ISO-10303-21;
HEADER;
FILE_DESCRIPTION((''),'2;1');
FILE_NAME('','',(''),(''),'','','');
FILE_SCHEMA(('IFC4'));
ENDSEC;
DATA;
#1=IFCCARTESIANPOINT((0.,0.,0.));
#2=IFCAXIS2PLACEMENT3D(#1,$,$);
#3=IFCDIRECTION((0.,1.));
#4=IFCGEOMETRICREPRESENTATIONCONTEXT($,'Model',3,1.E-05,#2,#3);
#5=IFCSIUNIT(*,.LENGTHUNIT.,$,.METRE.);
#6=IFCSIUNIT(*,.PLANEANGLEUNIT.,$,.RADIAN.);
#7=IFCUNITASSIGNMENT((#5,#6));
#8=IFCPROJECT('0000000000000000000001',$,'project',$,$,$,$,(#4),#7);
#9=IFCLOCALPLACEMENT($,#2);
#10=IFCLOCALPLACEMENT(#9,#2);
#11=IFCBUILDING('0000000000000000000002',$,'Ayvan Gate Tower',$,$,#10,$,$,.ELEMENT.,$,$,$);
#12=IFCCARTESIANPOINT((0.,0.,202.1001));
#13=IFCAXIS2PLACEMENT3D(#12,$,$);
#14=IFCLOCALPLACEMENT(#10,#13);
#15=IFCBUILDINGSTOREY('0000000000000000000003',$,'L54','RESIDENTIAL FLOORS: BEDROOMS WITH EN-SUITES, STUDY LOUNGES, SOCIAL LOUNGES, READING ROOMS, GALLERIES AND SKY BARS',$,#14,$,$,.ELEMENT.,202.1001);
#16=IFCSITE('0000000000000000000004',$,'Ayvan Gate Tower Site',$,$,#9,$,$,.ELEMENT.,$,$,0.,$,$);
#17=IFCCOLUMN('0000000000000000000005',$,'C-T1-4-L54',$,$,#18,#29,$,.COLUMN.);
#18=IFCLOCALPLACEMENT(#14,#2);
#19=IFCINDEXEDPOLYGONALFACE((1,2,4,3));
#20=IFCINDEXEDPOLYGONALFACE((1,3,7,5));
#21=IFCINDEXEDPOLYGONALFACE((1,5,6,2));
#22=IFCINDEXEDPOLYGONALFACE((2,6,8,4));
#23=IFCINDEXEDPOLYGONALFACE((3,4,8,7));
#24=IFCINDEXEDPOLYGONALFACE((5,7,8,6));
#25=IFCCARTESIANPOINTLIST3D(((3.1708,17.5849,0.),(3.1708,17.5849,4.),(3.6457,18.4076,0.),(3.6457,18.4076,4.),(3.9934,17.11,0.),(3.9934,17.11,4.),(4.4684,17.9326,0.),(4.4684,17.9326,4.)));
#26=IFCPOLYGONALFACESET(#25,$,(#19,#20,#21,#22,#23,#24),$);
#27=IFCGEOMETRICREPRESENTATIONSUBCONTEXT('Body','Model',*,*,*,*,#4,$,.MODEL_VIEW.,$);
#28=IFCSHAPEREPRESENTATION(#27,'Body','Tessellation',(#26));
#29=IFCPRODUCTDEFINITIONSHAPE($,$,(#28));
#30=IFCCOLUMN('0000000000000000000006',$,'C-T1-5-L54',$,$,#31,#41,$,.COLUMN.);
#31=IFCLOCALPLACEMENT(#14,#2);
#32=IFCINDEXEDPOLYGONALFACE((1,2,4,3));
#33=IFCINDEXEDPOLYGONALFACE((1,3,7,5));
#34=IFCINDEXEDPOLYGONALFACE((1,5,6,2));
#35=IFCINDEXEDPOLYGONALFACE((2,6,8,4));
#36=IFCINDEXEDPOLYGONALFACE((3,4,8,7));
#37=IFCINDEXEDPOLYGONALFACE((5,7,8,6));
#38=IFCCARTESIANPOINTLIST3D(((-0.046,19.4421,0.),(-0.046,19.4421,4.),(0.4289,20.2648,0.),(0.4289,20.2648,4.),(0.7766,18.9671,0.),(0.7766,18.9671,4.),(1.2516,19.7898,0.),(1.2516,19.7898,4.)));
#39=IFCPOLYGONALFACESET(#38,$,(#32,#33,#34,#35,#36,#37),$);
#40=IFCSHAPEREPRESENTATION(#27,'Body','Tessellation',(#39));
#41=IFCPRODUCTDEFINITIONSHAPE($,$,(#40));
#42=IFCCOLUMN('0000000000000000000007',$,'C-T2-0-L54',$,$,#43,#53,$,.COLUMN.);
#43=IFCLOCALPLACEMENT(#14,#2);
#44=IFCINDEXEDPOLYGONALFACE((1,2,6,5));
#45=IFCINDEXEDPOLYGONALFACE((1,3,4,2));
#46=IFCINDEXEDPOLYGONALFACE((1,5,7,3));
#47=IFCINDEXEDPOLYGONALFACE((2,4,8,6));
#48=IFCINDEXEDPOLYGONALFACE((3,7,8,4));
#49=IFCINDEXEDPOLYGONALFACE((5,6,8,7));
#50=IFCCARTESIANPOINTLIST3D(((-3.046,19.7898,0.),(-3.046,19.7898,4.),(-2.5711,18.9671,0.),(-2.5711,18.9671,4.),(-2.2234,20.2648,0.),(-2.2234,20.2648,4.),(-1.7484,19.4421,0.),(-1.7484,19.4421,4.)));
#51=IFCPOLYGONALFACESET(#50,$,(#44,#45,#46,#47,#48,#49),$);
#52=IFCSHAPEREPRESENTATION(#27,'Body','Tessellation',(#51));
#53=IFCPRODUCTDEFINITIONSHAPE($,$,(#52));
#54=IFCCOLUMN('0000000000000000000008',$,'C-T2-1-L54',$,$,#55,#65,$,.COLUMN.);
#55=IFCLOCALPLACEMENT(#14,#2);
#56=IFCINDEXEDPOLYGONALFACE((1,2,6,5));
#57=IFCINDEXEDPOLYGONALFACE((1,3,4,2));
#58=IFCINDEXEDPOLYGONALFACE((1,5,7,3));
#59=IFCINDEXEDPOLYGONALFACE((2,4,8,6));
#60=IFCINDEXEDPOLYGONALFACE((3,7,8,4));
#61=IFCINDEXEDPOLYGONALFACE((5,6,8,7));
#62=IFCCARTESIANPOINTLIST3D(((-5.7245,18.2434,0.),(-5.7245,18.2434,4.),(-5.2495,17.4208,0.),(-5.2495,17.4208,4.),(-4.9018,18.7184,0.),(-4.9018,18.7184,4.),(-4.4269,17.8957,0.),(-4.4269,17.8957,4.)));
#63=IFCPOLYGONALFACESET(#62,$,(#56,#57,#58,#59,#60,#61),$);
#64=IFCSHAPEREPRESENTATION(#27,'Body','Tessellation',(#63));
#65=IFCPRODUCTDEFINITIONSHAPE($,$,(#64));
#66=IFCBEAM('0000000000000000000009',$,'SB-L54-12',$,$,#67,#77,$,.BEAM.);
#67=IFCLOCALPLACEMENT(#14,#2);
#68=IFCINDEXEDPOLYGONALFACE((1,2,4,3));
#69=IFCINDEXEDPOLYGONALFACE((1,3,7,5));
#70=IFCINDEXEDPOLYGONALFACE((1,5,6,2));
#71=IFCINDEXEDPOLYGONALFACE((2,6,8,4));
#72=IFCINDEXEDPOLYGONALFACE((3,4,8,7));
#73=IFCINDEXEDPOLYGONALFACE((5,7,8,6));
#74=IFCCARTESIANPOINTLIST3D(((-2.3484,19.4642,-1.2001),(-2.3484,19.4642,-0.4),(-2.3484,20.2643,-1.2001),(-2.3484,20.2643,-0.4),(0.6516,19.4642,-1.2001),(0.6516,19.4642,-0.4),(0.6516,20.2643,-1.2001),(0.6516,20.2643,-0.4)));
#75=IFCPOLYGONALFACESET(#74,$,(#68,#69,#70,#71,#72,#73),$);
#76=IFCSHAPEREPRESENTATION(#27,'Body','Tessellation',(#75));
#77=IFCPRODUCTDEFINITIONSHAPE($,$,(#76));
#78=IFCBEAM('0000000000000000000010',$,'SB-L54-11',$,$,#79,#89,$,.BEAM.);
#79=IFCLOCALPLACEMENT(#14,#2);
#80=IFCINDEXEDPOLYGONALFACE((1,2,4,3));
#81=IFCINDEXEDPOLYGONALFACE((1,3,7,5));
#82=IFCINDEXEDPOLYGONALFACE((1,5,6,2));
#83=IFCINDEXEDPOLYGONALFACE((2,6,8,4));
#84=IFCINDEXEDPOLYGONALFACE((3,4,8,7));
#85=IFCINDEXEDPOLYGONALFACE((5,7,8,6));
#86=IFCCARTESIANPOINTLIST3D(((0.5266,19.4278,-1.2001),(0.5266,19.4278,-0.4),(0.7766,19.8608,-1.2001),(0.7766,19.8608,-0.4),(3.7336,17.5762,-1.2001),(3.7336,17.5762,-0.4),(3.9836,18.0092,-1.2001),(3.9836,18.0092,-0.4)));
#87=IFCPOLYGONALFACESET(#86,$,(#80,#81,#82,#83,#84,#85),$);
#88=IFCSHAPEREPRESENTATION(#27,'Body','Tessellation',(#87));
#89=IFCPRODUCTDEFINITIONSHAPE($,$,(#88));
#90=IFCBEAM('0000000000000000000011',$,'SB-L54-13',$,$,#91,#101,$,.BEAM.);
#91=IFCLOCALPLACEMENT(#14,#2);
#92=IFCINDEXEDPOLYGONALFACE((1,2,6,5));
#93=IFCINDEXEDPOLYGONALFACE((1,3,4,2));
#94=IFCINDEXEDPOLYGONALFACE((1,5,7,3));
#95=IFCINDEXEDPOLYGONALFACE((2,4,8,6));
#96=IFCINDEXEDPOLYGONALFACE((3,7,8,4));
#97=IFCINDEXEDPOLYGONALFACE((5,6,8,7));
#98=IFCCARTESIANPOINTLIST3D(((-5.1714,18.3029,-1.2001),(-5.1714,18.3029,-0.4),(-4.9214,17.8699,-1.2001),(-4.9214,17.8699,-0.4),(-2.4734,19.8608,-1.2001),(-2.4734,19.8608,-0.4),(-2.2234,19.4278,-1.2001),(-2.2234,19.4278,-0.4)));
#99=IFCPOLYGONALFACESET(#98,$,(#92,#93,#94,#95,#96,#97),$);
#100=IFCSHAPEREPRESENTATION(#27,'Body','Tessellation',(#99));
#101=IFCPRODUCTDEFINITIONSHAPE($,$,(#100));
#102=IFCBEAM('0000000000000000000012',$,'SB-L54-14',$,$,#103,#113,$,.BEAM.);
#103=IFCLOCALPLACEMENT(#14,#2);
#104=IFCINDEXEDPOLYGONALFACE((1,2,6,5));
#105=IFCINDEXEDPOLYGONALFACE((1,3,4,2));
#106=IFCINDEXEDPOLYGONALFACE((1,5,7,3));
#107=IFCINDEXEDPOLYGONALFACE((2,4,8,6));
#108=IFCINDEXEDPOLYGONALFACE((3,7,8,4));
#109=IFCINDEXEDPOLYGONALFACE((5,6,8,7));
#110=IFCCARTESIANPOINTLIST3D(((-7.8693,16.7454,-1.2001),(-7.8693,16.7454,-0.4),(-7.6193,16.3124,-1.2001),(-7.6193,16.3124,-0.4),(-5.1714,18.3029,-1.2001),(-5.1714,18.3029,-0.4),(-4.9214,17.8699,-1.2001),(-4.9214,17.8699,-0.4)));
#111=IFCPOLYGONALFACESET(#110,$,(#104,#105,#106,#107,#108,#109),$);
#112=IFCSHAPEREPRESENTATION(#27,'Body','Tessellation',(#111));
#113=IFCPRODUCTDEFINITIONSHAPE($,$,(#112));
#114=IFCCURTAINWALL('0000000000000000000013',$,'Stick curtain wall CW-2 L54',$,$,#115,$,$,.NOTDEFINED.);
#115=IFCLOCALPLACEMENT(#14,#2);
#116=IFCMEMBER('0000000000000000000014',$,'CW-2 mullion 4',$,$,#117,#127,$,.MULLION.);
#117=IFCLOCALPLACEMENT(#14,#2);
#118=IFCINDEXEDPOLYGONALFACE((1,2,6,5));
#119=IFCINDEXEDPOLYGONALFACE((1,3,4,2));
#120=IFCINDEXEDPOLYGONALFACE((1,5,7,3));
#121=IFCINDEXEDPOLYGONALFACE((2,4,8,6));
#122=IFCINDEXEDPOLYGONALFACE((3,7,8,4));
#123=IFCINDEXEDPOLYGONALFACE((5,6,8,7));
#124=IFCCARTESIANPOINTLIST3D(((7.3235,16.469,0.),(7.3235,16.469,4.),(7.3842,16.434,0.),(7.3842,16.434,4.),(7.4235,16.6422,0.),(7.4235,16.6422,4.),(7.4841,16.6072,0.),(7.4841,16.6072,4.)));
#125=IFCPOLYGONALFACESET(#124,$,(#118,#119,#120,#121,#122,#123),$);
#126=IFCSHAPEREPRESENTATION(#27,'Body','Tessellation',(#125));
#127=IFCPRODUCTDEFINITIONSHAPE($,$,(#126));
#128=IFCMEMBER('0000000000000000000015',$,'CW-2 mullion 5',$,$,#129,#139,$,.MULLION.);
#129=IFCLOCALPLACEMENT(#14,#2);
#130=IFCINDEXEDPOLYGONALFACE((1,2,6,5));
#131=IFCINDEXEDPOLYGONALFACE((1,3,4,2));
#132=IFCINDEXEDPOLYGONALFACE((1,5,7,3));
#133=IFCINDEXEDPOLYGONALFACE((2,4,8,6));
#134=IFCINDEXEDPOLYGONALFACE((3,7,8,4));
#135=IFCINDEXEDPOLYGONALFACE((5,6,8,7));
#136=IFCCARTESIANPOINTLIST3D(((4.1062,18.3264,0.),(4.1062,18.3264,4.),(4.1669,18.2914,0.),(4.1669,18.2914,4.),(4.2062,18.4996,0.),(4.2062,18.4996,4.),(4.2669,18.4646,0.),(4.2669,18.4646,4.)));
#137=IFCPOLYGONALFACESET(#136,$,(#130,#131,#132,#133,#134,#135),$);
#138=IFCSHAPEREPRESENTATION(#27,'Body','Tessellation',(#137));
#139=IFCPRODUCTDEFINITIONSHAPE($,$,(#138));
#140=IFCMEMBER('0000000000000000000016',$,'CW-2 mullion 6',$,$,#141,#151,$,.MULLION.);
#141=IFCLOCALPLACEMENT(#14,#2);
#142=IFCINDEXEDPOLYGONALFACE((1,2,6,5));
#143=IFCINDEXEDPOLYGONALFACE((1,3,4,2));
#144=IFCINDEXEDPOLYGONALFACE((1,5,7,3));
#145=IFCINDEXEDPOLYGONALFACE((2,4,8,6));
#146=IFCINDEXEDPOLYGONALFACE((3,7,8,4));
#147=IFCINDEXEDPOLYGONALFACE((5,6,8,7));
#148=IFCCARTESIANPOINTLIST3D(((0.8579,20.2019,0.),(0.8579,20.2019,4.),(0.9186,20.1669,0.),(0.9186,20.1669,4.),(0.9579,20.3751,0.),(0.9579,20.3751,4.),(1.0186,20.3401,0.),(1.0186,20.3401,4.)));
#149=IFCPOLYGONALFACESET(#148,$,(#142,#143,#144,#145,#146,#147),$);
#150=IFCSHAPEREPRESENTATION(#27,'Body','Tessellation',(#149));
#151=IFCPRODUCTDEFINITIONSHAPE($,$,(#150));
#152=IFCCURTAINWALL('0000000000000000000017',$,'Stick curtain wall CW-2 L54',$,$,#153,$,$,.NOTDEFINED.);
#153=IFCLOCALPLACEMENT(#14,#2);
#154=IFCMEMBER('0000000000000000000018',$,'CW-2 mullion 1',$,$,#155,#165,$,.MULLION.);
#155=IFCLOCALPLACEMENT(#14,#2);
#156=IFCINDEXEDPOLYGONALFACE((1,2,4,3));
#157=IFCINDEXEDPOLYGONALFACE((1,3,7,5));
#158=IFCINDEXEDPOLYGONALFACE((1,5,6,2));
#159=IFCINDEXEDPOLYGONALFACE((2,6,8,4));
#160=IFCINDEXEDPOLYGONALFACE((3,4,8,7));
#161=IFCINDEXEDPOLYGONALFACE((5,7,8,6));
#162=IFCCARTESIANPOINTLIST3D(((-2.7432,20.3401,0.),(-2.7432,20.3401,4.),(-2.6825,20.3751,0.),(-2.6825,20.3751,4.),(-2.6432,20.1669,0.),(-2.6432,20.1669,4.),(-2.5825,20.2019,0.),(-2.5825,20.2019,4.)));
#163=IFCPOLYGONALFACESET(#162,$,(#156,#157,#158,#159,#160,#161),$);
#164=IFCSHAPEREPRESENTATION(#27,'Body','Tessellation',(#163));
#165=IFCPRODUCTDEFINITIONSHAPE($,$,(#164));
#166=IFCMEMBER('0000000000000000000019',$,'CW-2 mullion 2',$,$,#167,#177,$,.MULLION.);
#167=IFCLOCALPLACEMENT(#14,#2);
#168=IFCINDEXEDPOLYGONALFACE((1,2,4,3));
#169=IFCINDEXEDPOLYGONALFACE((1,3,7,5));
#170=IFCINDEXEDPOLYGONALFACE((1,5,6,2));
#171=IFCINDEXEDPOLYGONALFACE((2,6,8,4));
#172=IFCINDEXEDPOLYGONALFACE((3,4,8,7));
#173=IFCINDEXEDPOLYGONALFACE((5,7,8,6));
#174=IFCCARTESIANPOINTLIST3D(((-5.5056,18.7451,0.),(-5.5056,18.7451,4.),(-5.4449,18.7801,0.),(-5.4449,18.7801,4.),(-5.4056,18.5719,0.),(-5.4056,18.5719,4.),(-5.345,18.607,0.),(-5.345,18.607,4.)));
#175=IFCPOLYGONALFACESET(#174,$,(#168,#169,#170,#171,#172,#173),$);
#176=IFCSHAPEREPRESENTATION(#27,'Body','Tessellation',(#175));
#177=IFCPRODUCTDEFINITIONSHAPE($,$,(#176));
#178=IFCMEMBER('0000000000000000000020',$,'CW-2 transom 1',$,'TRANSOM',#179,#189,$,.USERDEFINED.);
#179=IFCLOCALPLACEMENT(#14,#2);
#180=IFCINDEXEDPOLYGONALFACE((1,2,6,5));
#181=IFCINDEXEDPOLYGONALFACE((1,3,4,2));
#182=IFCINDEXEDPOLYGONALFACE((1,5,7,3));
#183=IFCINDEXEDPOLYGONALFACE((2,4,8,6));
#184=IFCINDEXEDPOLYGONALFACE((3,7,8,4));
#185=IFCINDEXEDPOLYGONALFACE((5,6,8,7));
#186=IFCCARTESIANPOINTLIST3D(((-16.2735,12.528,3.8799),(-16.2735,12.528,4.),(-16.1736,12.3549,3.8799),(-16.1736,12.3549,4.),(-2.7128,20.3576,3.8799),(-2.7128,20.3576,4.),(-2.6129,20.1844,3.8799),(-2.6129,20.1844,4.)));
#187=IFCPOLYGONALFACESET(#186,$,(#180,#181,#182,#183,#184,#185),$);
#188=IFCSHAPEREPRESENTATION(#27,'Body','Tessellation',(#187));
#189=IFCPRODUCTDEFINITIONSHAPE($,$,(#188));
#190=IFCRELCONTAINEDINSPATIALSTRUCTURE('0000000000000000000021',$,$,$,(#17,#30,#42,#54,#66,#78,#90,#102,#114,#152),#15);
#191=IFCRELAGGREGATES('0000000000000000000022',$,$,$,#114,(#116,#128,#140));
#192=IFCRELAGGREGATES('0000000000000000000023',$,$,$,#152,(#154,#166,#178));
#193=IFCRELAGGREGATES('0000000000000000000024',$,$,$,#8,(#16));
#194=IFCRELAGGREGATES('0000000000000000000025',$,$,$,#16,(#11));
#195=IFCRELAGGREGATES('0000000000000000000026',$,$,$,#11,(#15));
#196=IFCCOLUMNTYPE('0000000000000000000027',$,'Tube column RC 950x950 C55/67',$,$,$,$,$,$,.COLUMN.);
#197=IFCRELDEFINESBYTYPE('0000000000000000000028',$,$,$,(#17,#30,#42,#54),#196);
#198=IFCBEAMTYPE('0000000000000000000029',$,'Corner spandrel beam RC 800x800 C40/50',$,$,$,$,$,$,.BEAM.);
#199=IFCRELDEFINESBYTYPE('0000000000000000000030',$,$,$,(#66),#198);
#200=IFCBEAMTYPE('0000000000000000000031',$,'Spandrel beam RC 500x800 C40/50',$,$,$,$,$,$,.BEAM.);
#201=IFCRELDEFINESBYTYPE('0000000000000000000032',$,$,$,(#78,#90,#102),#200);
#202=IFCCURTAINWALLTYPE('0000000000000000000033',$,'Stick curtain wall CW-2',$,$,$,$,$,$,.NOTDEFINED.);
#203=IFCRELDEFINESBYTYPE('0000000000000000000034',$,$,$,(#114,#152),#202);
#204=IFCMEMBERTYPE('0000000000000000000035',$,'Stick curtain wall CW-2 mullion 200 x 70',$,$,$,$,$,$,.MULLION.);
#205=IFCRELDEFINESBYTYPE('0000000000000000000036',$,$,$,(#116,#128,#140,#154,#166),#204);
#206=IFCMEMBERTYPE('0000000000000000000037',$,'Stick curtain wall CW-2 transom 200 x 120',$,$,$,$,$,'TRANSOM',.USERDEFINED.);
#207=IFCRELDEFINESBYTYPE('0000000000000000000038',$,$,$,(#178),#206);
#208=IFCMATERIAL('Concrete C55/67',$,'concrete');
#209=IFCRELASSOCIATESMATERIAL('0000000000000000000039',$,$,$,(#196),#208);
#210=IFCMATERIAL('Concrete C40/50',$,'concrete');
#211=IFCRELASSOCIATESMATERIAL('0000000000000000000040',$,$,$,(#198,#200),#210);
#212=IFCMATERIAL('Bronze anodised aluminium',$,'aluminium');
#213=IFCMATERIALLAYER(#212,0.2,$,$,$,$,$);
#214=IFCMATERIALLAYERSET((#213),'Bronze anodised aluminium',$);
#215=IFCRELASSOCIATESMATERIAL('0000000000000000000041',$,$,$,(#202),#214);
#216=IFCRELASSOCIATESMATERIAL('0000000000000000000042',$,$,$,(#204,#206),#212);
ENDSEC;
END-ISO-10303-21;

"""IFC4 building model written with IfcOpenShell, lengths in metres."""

from ifc_helpers import new_model, si_unit, direction, frame, origin, origin_2d, place, context, subcontext, project, spatial, rectangle, extrude, material, layer, layer_set, material_profile, profile_set, type_object, element, aggregate, save


model = new_model("IFC4")

# Units and contexts
model_context = context("Model", 3, precision=1e-05, world=origin(), true_north=direction((0.0, 1.0)))
body_context = subcontext(model_context, "Body", "Model", "MODEL_VIEW")
ifc_project = project(units=[si_unit("LENGTHUNIT", "METRE"), si_unit("PLANEANGLEUNIT", "RADIAN")], contexts=[model_context])

# Site, building, storey
site_placement = place(None, origin())
site = spatial("IfcSite", under=ifc_project, at=site_placement, Name="Ayvan Gate Tower Site", CompositionType="ELEMENT", RefElevation=0.0)
building_placement = place(site_placement, origin())
building = spatial("IfcBuilding", under=site, at=building_placement, Name="Ayvan Gate Tower", CompositionType="ELEMENT")
storey_placement = place(building_placement, frame((0.0, 0.0, 202.1001)))
storey = spatial("IfcBuildingStorey", under=building, at=storey_placement, Name="L54", Description="RESIDENTIAL FLOORS: BEDROOMS WITH EN-SUITES, STUDY LOUNGES, SOCIAL LOUNGES, READING ROOMS, GALLERIES AND SKY BARS", CompositionType="ELEMENT", Elevation=202.1001)

# Columns
ifc_material_1 = material(Name="Concrete C55/67", Category="concrete")
ifc_material_profile_1 = material_profile(ifc_material_1, rectangle(XDim=0.95, YDim=0.95, at=origin_2d()), Name="RC 950x950")
ifc_profile_set_1 = profile_set([ifc_material_profile_1], Name="Concrete C55/67")
column_type = type_object("IfcColumnType", Name="Tube column RC 950x950 C55/67", PredefinedType="COLUMN", material=ifc_profile_set_1)
for number, where, z_axis, x_axis, name in (
    (1, (3.8196, 17.7588, 0.0), (0.0, 0.0, 1.0), (0.5, 0.866025, 0.0), "C-T1-4-L54"),
    (2, (0.6028, 19.616, 0.0), (0.0, 0.0, 1.0), (0.5, 0.866025, 0.0), "C-T1-5-L54"),
    (3, (-2.3972, 19.616, 0.0), (0.0, 0.0, 1.0), (-0.5, 0.866025, 0.0), "C-T2-0-L54"),
    (4, (-5.0757, 18.0696, 0.0), (0.0, 0.0, 1.0), (-0.5, 0.866025, 0.0), "C-T2-1-L54"),
):
    element("IfcColumn", number, at=place(storey_placement, frame(where, z_axis=z_axis, x_axis=x_axis)), inside=storey, type_object=column_type, Name=name, PredefinedType="COLUMN", context=body_context, shape_type="SweptSolid", body=[
        extrude(rectangle(XDim=0.95, YDim=0.95, at=origin_2d()), origin(), (0.0, 0.0, 1.0), 4.0),
    ])

# Beams
ifc_material_2 = material(Name="Concrete C40/50", Category="concrete")
ifc_material_profile_2 = material_profile(ifc_material_2, rectangle(XDim=0.8, YDim=0.8, at=origin_2d()), Name="RC 800x800")
ifc_profile_set_2 = profile_set([ifc_material_profile_2], Name="Concrete C40/50")
beam_type_1 = type_object("IfcBeamType", Name="Corner spandrel beam RC 800x800 C40/50", PredefinedType="BEAM", material=ifc_profile_set_2)
beam_1_placement = place(storey_placement, frame((0.6516, 19.8643, -0.8), z_axis=(-1.0, 0.0, 0.0), x_axis=(0.0, -1.0, 0.0)))
element("IfcBeam", 5, at=beam_1_placement, inside=storey, type_object=beam_type_1, Name="SB-L54-12", PredefinedType="BEAM", context=body_context, shape_type="SweptSolid", body=[
    extrude(rectangle(XDim=0.8, YDim=0.8, at=origin_2d()), origin(), (0.0, 0.0, 1.0), 3.0),
])
ifc_material_profile_3 = material_profile(ifc_material_2, rectangle(XDim=0.5, YDim=0.8, at=origin_2d()), Name="RC 500x800")
ifc_profile_set_3 = profile_set([ifc_material_profile_3], Name="Concrete C40/50")
beam_type_2 = type_object("IfcBeamType", Name="Spandrel beam RC 500x800 C40/50", PredefinedType="BEAM", material=ifc_profile_set_3)
beam_2_placement = place(storey_placement, frame((3.8586, 17.7927, -0.8), z_axis=(-0.866027, 0.499996, 0.0), x_axis=(-0.499996, -0.866027, 0.0)))
element("IfcBeam", 6, at=beam_2_placement, inside=storey, type_object=beam_type_2, Name="SB-L54-11", PredefinedType="BEAM", context=body_context, shape_type="SweptSolid", body=[
    extrude(rectangle(XDim=0.5, YDim=0.8, at=origin_2d()), origin(), (0.0, 0.0, 1.0), 3.7031),
])
beam_3_placement = place(storey_placement, frame((-2.3484, 19.6443, -0.8), z_axis=(-0.866002, -0.500041, 0.0), x_axis=(0.500041, -0.866002, 0.0)))
element("IfcBeam", 7, at=beam_3_placement, inside=storey, type_object=beam_type_2, Name="SB-L54-13", PredefinedType="BEAM", context=body_context, shape_type="SweptSolid", body=[
    extrude(rectangle(XDim=0.5, YDim=0.8, at=origin_2d()), origin(), (0.0, 0.0, 1.0), 3.1155),
])
beam_4_placement = place(storey_placement, frame((-5.0464, 18.0864, -0.8), z_axis=(-0.866036, -0.499982, 0.0), x_axis=(0.499982, -0.866036, 0.0)))
element("IfcBeam", 8, at=beam_4_placement, inside=storey, type_object=beam_type_2, Name="SB-L54-14", PredefinedType="BEAM", context=body_context, shape_type="SweptSolid", body=[
    extrude(rectangle(XDim=0.5, YDim=0.8, at=origin_2d()), origin(), (0.0, 0.0, 1.0), 3.1152),
])

# Curtain walls, members
ifc_material_3 = material(Name="Bronze anodised aluminium", Category="aluminium")
ifc_layer_1 = layer(ifc_material_3, 0.2)
ifc_layer_set_1 = layer_set([ifc_layer_1], Name="Bronze anodised aluminium")
curtain_wall_type_1 = type_object("IfcCurtainWallType", Name="Stick curtain wall CW-2", PredefinedType="NOTDEFINED", material=ifc_layer_set_1)
curtain_wall_1_placement = place(storey_placement, origin())
curtain_wall_1 = element("IfcCurtainWall", 9, at=curtain_wall_1_placement, inside=storey, type_object=curtain_wall_type_1, Name="Stick curtain wall CW-2 L54", PredefinedType="NOTDEFINED")
ifc_material_profile_4 = material_profile(ifc_material_3, rectangle(XDim=0.2, YDim=0.0701, at=origin_2d()), Name="Stick curtain wall CW-2 mullion 200 x 70")
ifc_profile_set_4 = profile_set([ifc_material_profile_4], Name="Bronze anodised aluminium")
member_type_1 = type_object("IfcMemberType", Name="Stick curtain wall CW-2 mullion 200 x 70", PredefinedType="MULLION", material=ifc_profile_set_4)
member_1_placement = place(storey_placement, frame((7.4038, 16.5381, 0.0), z_axis=(0.0, 0.0, 1.0), x_axis=(0.5, 0.866025, 0.0)))
member_1 = element("IfcMember", 10, at=member_1_placement, type_object=member_type_1, Name="CW-2 mullion 4", PredefinedType="MULLION", context=body_context, shape_type="SweptSolid", body=[
    extrude(rectangle(XDim=0.2, YDim=0.0701, at=origin_2d()), origin(), (0.0, 0.0, 1.0), 4.0),
])
member_2_placement = place(storey_placement, frame((4.1865, 18.3955, 0.0), z_axis=(0.0, 0.0, 1.0), x_axis=(0.5, 0.866025, 0.0)))
member_2 = element("IfcMember", 11, at=member_2_placement, type_object=member_type_1, Name="CW-2 mullion 5", PredefinedType="MULLION", context=body_context, shape_type="SweptSolid", body=[
    extrude(rectangle(XDim=0.2, YDim=0.0701, at=origin_2d()), origin(), (0.0, 0.0, 1.0), 4.0),
])
member_3_placement = place(storey_placement, frame((0.9382, 20.271, 0.0), z_axis=(0.0, 0.0, 1.0), x_axis=(0.5, 0.866025, 0.0)))
member_3 = element("IfcMember", 12, at=member_3_placement, type_object=member_type_1, Name="CW-2 mullion 6", PredefinedType="MULLION", context=body_context, shape_type="SweptSolid", body=[
    extrude(rectangle(XDim=0.2, YDim=0.0701, at=origin_2d()), origin(), (0.0, 0.0, 1.0), 4.0),
])
curtain_wall_2_placement = place(storey_placement, origin())
curtain_wall_2 = element("IfcCurtainWall", 13, at=curtain_wall_2_placement, inside=storey, type_object=curtain_wall_type_1, Name="Stick curtain wall CW-2 L54", PredefinedType="NOTDEFINED")
member_4_placement = place(storey_placement, frame((-2.6628, 20.271, 0.0), z_axis=(0.0, 0.0, 1.0), x_axis=(-0.5, 0.866025, 0.0)))
member_4 = element("IfcMember", 14, at=member_4_placement, type_object=member_type_1, Name="CW-2 mullion 1", PredefinedType="MULLION", context=body_context, shape_type="SweptSolid", body=[
    extrude(rectangle(XDim=0.2, YDim=0.0701, at=origin_2d()), origin(), (0.0, 0.0, 1.0), 4.0),
])
member_5_placement = place(storey_placement, frame((-5.4253, 18.676, 0.0), z_axis=(0.0, 0.0, 1.0), x_axis=(-0.5, 0.866025, 0.0)))
member_5 = element("IfcMember", 15, at=member_5_placement, type_object=member_type_1, Name="CW-2 mullion 2", PredefinedType="MULLION", context=body_context, shape_type="SweptSolid", body=[
    extrude(rectangle(XDim=0.2, YDim=0.0701, at=origin_2d()), origin(), (0.0, 0.0, 1.0), 4.0),
])
ifc_material_profile_5 = material_profile(ifc_material_3, rectangle(XDim=0.2, YDim=0.1201, at=origin_2d()), Name="Stick curtain wall CW-2 transom 200 x 120")
ifc_profile_set_5 = profile_set([ifc_material_profile_5], Name="Bronze anodised aluminium")
member_type_2 = type_object("IfcMemberType", Name="Stick curtain wall CW-2 transom 200 x 120", ElementType="TRANSOM", PredefinedType="USERDEFINED", material=ifc_profile_set_5)
member_6_placement = place(storey_placement, frame((-2.6628, 20.271, 3.9399), z_axis=(-0.866018, -0.500013, 0.0), x_axis=(0.500013, -0.866018, 0.0)))
member_6 = element("IfcMember", 16, at=member_6_placement, type_object=member_type_2, Name="CW-2 transom 1", ObjectType="TRANSOM", PredefinedType="USERDEFINED", context=body_context, shape_type="SweptSolid", body=[
    extrude(rectangle(XDim=0.2, YDim=0.1201, at=origin_2d()), origin(), (0.0, 0.0, 1.0), 15.6587),
])

aggregate(curtain_wall_1, [member_1, member_2, member_3])
aggregate(curtain_wall_2, [member_4, member_5, member_6])

save(model, "model.ifc")
